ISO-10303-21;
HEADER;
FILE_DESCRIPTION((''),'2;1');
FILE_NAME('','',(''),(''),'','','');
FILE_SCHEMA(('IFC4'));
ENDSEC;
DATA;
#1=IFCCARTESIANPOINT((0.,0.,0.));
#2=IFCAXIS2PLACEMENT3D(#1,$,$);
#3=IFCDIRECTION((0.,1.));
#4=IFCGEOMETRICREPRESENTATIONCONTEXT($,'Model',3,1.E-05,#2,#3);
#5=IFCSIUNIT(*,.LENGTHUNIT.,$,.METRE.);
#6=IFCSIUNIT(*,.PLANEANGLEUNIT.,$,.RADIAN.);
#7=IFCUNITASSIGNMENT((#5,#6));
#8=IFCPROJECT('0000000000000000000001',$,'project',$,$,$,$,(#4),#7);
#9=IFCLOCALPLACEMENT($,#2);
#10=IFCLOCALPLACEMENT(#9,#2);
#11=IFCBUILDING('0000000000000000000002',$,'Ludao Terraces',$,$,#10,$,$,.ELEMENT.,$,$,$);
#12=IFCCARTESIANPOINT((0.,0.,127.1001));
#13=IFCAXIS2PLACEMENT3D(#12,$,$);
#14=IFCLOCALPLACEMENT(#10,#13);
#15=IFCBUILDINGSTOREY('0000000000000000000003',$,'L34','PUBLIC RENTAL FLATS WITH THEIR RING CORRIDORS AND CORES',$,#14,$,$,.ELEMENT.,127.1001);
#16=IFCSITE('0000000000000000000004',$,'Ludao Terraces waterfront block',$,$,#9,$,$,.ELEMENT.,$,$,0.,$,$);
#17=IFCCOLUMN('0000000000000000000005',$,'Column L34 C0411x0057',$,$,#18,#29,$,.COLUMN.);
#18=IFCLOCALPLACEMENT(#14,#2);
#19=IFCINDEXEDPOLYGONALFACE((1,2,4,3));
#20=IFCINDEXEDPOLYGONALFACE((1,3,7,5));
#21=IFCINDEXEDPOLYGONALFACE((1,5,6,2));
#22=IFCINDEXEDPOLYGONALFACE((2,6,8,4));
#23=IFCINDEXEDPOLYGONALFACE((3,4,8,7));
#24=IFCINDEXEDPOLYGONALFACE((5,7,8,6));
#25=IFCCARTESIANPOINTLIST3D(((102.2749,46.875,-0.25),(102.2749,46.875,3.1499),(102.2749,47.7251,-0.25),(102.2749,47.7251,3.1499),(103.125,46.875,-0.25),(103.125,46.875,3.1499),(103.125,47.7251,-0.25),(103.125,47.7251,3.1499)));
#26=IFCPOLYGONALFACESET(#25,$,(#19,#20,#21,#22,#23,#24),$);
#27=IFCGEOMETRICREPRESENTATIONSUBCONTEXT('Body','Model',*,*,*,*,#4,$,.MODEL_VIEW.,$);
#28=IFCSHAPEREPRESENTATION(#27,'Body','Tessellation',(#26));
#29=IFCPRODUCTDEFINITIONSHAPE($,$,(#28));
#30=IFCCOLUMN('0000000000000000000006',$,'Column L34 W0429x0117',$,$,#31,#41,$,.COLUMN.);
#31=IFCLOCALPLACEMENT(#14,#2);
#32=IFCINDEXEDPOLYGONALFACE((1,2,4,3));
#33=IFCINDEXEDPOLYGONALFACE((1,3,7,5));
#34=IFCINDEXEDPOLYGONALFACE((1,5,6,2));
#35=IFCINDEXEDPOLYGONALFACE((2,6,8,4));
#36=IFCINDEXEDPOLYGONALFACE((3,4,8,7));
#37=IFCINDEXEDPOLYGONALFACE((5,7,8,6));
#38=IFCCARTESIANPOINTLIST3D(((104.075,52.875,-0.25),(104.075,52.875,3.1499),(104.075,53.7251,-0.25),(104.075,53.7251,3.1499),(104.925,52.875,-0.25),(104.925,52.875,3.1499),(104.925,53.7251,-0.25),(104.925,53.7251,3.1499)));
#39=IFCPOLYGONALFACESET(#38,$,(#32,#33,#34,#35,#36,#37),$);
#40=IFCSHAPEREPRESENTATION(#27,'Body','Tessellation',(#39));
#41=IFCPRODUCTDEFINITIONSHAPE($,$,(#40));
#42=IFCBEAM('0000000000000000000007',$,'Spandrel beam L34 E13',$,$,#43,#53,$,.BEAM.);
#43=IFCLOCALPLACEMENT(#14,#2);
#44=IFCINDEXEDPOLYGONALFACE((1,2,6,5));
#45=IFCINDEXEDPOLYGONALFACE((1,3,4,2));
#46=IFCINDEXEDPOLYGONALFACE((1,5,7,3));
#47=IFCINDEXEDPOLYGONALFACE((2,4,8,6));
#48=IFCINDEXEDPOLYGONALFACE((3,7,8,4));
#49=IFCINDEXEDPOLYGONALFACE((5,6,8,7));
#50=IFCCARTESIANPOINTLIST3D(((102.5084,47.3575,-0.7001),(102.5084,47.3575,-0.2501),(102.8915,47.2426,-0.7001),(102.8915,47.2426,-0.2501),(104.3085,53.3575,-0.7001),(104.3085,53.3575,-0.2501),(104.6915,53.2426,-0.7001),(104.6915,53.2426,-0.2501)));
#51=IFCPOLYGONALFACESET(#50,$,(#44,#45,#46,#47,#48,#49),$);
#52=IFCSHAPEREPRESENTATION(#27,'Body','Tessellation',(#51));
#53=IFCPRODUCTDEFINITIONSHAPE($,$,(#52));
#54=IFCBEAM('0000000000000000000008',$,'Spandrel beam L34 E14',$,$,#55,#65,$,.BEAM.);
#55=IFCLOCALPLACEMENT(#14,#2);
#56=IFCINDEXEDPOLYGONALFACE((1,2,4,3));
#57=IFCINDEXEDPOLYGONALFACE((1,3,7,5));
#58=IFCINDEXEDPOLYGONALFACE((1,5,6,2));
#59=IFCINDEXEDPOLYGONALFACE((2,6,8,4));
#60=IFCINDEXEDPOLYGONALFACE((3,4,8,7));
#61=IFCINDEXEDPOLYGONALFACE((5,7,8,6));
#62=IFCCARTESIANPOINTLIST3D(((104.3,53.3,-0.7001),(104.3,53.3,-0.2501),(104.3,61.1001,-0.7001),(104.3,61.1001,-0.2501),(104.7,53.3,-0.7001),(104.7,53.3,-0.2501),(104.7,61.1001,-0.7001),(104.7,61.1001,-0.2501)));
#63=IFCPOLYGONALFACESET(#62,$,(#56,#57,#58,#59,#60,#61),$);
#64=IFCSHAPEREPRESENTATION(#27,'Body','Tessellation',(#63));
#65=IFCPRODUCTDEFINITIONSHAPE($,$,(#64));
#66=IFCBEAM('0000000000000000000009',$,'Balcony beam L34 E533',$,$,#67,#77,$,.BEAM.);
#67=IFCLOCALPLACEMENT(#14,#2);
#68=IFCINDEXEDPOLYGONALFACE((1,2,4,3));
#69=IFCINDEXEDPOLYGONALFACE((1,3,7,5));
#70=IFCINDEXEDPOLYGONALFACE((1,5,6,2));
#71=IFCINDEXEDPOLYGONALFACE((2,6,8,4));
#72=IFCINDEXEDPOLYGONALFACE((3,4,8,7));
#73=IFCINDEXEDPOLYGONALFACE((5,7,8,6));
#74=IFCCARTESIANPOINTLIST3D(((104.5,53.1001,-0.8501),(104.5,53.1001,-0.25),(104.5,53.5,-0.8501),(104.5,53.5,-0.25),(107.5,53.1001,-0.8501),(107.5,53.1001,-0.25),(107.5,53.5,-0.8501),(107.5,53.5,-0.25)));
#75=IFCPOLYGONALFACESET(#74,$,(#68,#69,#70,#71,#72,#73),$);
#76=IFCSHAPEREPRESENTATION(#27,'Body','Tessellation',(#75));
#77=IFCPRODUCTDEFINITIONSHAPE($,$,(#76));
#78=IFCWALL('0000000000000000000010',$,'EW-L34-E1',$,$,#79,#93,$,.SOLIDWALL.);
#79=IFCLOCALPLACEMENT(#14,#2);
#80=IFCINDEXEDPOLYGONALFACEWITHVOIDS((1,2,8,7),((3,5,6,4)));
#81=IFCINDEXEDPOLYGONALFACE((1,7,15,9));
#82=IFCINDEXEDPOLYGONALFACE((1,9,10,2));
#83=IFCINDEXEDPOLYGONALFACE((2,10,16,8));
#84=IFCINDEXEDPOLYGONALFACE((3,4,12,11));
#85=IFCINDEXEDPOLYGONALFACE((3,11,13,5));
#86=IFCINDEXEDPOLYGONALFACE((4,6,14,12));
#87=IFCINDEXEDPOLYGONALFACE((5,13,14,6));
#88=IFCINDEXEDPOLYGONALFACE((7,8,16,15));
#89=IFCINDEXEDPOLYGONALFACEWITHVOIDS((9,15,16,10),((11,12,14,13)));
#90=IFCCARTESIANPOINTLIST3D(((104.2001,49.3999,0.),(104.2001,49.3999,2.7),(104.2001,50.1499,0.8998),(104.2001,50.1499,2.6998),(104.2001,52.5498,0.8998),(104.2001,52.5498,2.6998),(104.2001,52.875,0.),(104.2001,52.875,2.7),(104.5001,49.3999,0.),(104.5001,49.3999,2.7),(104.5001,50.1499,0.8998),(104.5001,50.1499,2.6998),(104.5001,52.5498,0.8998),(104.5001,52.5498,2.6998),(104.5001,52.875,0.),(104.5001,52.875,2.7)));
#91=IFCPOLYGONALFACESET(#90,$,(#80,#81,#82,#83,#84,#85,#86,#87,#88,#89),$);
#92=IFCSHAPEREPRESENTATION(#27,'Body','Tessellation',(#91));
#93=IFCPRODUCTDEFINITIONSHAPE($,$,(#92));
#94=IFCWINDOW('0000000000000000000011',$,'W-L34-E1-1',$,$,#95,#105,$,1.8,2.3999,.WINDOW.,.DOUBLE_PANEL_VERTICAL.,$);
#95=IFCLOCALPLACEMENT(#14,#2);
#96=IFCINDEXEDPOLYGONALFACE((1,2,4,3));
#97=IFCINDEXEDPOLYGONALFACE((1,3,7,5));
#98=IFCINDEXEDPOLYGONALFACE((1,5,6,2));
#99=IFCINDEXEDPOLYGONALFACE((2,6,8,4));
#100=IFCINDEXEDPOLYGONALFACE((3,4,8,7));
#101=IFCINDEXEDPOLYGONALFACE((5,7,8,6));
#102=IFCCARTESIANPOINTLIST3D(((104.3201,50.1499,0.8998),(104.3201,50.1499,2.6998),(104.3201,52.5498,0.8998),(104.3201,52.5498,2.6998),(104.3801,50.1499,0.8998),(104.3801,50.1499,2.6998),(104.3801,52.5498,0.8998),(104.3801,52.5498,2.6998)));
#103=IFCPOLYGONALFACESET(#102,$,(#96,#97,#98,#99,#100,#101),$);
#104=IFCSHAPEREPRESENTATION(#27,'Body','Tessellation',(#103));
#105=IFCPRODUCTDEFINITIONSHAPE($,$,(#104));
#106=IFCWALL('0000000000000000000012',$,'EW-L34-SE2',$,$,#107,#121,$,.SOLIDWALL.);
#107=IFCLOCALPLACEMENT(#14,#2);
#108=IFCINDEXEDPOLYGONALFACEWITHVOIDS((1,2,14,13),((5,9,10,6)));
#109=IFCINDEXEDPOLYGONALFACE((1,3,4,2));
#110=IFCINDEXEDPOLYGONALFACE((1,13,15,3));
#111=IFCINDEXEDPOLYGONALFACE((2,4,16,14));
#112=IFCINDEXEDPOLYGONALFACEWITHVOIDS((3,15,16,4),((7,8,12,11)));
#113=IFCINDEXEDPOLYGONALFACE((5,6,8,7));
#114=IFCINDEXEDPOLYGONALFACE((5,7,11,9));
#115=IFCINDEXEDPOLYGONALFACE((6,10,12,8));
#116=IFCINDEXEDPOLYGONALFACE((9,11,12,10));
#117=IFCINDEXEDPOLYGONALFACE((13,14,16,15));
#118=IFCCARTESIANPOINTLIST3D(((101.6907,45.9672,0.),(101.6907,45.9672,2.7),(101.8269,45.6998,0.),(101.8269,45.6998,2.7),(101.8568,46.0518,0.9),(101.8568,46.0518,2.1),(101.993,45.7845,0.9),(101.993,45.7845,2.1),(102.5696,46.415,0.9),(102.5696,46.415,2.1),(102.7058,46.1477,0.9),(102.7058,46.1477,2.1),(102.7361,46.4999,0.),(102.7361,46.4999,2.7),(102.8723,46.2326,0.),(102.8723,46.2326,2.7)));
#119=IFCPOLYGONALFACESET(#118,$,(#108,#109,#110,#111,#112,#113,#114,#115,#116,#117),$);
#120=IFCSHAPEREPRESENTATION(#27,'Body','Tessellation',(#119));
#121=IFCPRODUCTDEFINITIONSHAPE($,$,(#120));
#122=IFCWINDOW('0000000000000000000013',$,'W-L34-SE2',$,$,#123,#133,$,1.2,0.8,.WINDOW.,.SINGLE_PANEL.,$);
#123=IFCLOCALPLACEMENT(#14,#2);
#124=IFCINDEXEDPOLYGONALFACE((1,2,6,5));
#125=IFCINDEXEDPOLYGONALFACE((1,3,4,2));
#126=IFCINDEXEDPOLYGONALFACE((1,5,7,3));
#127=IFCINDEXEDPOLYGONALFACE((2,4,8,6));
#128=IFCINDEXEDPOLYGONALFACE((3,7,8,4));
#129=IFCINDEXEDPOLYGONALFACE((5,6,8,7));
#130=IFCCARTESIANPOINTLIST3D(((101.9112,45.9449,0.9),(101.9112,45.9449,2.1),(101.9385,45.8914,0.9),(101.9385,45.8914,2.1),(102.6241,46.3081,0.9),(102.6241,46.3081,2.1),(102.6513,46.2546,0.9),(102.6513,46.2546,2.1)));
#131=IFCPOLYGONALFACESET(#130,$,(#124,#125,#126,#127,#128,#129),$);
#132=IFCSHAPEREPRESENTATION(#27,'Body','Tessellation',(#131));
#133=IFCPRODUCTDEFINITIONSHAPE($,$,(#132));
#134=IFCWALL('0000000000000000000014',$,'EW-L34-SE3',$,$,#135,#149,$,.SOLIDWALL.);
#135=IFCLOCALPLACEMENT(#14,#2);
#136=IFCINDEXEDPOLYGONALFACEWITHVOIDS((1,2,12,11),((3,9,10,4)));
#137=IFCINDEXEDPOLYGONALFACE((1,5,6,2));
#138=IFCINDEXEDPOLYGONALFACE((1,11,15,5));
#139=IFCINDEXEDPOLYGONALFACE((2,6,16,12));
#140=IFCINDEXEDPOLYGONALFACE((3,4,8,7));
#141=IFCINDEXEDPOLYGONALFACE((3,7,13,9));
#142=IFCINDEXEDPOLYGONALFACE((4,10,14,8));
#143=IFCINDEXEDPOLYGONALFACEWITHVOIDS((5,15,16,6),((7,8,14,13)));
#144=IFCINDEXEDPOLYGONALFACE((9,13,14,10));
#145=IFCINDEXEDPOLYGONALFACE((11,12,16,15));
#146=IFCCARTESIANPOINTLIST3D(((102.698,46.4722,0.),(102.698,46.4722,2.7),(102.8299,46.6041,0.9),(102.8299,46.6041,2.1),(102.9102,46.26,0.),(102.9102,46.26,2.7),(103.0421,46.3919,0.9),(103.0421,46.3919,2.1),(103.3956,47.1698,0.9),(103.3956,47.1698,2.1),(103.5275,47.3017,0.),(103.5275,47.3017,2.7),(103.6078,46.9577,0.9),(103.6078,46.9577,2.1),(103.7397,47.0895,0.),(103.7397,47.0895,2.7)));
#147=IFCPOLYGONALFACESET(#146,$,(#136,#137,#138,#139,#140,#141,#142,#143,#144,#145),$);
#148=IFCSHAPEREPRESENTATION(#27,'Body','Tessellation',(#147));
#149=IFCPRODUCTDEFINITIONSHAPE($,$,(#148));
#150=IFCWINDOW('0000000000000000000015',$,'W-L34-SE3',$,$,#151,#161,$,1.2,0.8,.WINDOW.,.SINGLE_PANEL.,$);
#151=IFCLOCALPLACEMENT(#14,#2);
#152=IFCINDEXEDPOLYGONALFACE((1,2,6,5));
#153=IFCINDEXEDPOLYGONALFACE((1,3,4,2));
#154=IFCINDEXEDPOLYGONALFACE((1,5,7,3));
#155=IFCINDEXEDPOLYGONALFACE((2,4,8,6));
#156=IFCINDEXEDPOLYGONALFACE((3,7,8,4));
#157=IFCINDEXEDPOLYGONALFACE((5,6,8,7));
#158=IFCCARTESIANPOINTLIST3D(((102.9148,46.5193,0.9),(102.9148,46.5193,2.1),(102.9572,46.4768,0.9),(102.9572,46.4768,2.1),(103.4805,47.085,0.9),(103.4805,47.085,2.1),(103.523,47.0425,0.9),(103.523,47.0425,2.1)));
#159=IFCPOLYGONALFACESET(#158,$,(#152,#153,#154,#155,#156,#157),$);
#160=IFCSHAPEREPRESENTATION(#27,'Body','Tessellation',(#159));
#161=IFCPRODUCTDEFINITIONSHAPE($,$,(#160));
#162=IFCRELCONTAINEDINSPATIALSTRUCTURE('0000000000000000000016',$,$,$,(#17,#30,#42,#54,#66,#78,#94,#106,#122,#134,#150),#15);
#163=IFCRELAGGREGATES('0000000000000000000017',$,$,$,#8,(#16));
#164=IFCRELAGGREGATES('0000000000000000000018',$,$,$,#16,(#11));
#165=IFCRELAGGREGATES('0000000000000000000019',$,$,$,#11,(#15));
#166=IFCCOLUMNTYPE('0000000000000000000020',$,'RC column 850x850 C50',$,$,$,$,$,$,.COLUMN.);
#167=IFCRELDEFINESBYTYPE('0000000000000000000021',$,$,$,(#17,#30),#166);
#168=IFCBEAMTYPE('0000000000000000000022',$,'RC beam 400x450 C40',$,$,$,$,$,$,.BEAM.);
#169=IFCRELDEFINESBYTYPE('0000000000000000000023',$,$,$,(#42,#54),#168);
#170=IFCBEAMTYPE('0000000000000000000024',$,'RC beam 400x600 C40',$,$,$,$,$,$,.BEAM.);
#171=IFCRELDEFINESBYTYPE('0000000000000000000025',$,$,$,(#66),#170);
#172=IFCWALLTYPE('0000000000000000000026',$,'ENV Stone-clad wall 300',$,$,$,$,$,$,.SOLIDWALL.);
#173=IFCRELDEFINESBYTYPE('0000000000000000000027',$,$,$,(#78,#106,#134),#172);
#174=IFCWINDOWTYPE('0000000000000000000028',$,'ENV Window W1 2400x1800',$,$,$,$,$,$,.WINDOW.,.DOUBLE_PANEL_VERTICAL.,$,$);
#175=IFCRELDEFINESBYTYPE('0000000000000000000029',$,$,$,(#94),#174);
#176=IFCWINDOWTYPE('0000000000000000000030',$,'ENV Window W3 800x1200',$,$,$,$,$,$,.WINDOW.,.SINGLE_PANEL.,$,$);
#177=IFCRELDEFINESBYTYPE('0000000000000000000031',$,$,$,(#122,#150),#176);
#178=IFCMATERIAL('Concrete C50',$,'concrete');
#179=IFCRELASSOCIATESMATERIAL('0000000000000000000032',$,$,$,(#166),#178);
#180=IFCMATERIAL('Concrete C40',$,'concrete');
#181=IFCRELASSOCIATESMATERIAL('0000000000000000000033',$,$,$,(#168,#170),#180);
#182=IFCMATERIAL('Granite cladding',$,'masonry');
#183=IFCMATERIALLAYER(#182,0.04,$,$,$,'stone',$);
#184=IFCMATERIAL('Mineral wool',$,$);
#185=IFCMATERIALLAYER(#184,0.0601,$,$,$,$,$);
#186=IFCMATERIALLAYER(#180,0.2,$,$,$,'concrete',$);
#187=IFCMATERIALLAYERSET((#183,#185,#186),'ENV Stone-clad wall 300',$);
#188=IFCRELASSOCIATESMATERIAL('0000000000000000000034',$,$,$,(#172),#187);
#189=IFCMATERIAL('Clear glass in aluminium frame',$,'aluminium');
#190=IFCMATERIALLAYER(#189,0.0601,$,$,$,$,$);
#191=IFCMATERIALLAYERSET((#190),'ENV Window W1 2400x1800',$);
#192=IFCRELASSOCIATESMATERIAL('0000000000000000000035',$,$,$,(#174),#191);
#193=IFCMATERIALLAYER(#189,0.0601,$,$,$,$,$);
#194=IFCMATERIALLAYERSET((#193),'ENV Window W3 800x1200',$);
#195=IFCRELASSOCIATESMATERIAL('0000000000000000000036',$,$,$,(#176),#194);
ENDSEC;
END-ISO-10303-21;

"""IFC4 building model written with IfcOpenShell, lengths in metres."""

from ifc_helpers import new_model, si_unit, direction, frame, frame_2d, origin, origin_2d, place, context, subcontext, project, spatial, rectangle, extrude, material, layer, layer_set, material_profile, profile_set, type_object, element, fill, save


model = new_model("IFC4")

# Units and contexts
model_context = context("Model", 3, precision=1e-05, world=origin(), true_north=direction((0.0, 1.0)))
body_context = subcontext(model_context, "Body", "Model", "MODEL_VIEW")
ifc_project = project(units=[si_unit("LENGTHUNIT", "METRE"), si_unit("PLANEANGLEUNIT", "RADIAN")], contexts=[model_context])

# Site, building, storey
site_placement = place(None, origin())
site = spatial("IfcSite", under=ifc_project, at=site_placement, Name="Ludao Terraces waterfront block", CompositionType="ELEMENT", RefElevation=0.0)
building_placement = place(site_placement, origin())
building = spatial("IfcBuilding", under=site, at=building_placement, Name="Ludao Terraces", CompositionType="ELEMENT")
storey_placement = place(building_placement, frame((0.0, 0.0, 127.1001)))
storey = spatial("IfcBuildingStorey", under=building, at=storey_placement, Name="L34", Description="PUBLIC RENTAL FLATS WITH THEIR RING CORRIDORS AND CORES", CompositionType="ELEMENT", Elevation=127.1001)

# Columns
ifc_material_1 = material(Name="Concrete C50", Category="concrete")
ifc_material_profile_1 = material_profile(ifc_material_1, rectangle(XDim=0.8501, YDim=0.8501, at=origin_2d()), Name="850 X 850")
ifc_profile_set_1 = profile_set([ifc_material_profile_1], Name="Concrete C50")
column_type = type_object("IfcColumnType", Name="RC column 850x850 C50", PredefinedType="COLUMN", material=ifc_profile_set_1)
for number, where, z_axis, x_axis, name in (
    (1, (102.7, 47.3, -0.25), (0.0, 0.0, 1.0), (1.0, 0.0, 0.0), "Column L34 C0411x0057"),
    (2, (104.5, 53.3, -0.25), (0.0, 0.0, 1.0), (1.0, 0.0, 0.0), "Column L34 W0429x0117"),
):
    element("IfcColumn", number, at=place(storey_placement, frame(where, z_axis=z_axis, x_axis=x_axis)), inside=storey, type_object=column_type, Name=name, PredefinedType="COLUMN", context=body_context, shape_type="SweptSolid", body=[
        extrude(rectangle(XDim=0.8501, YDim=0.8501, at=origin_2d()), origin(), (0.0, 0.0, 1.0), 3.3999),
    ])

# Beams
ifc_material_2 = material(Name="Concrete C40", Category="concrete")
ifc_material_profile_2 = material_profile(ifc_material_2, rectangle(XDim=0.3999, YDim=0.45, at=origin_2d()), Name="400 X 450")
ifc_profile_set_2 = profile_set([ifc_material_profile_2], Name="Concrete C40")
beam_type_1 = type_object("IfcBeamType", Name="RC beam 400x450 C40", PredefinedType="BEAM", material=ifc_profile_set_2)
beam_1_placement = place(storey_placement, frame((102.7, 47.3, -0.4751), z_axis=(0.287355, 0.957824, 0.0), x_axis=(-0.957824, 0.287355, 0.0)))
element("IfcBeam", 3, at=beam_1_placement, inside=storey, type_object=beam_type_1, Name="Spandrel beam L34 E13", PredefinedType="BEAM", context=body_context, shape_type="SweptSolid", body=[
    extrude(rectangle(XDim=0.3999, YDim=0.45, at=origin_2d()), origin(), (0.0, 0.0, 1.0), 6.2642),
])
beam_2_placement = place(storey_placement, frame((104.5, 53.3, -0.4751), z_axis=(0.0, 1.0, 0.0), x_axis=(-1.0, 0.0, 0.0)))
element("IfcBeam", 4, at=beam_2_placement, inside=storey, type_object=beam_type_1, Name="Spandrel beam L34 E14", PredefinedType="BEAM", context=body_context, shape_type="SweptSolid", body=[
    extrude(rectangle(XDim=0.3999, YDim=0.45, at=origin_2d()), origin(), (0.0, 0.0, 1.0), 7.8),
])
ifc_material_profile_3 = material_profile(ifc_material_2, rectangle(XDim=0.3999, YDim=0.6001, at=origin_2d()), Name="400 X 600")
ifc_profile_set_3 = profile_set([ifc_material_profile_3], Name="Concrete C40")
beam_type_2 = type_object("IfcBeamType", Name="RC beam 400x600 C40", PredefinedType="BEAM", material=ifc_profile_set_3)
beam_3_placement = place(storey_placement, frame((104.5, 53.3, -0.55), z_axis=(1.0, 0.0, 0.0), x_axis=(0.0, 1.0, 0.0)))
element("IfcBeam", 5, at=beam_3_placement, inside=storey, type_object=beam_type_2, Name="Balcony beam L34 E533", PredefinedType="BEAM", context=body_context, shape_type="SweptSolid", body=[
    extrude(rectangle(XDim=0.3999, YDim=0.6001, at=origin_2d()), origin(), (0.0, 0.0, 1.0), 3.0),
])

# Walls, openings, windows
ifc_material_3 = material(Name="Granite cladding", Category="masonry")
ifc_layer_1 = layer(ifc_material_3, 0.04, Category="stone")
ifc_material_4 = material(Name="Mineral wool")
ifc_layer_2 = layer(ifc_material_4, 0.0601)
ifc_layer_3 = layer(ifc_material_2, 0.2, Category="concrete")
ifc_layer_set_1 = layer_set([ifc_layer_1, ifc_layer_2, ifc_layer_3], Name="ENV Stone-clad wall 300")
wall_type = type_object("IfcWallType", Name="ENV Stone-clad wall 300", PredefinedType="SOLIDWALL", material=ifc_layer_set_1)
wall_1_placement = place(storey_placement, frame((104.3501, 49.3999, 0.0), z_axis=(0.0, 0.0, 1.0), x_axis=(0.0, 1.0, 0.0)))
wall_1 = element("IfcWall", 6, at=wall_1_placement, inside=storey, type_object=wall_type, Name="EW-L34-E1", PredefinedType="SOLIDWALL", context=body_context, shape_type="SweptSolid", body=[
    extrude(rectangle(XDim=3.4751, YDim=0.3, at=frame_2d((1.7375, 0.0))), origin(), (0.0, 0.0, 1.0), 2.7),
])
opening_1_placement = place(wall_1_placement, frame((0.75, 0.0, 0.8999)))
opening_1 = element("IfcOpeningElement", 7, at=opening_1_placement, cuts=wall_1, PredefinedType="OPENING", context=body_context, shape_type="SweptSolid", body=[
    extrude(rectangle(XDim=2.3999, YDim=1.8, at=frame_2d((1.2, 0.8999))), frame((0.0, 0.1602, 0.0), z_axis=(0.0, -1.0, 0.0), x_axis=(1.0, 0.0, 0.0)), (0.0, 0.0, 1.0), 0.3201),
])
ifc_material_5 = material(Name="Clear glass in aluminium frame", Category="aluminium")
ifc_layer_4 = layer(ifc_material_5, 0.0601)
ifc_layer_set_2 = layer_set([ifc_layer_4], Name="ENV Window W1 2400x1800")
window_type_1 = type_object("IfcWindowType", Name="ENV Window W1 2400x1800", PartitioningType="DOUBLE_PANEL_VERTICAL", PredefinedType="WINDOW", material=ifc_layer_set_2)
window_1_placement = place(opening_1_placement, origin())
window_1 = element("IfcWindow", 8, at=window_1_placement, inside=storey, type_object=window_type_1, Name="W-L34-E1-1", OverallHeight=1.8, OverallWidth=2.3999, PartitioningType="DOUBLE_PANEL_VERTICAL", PredefinedType="WINDOW", context=body_context, shape_type="SweptSolid", body=[
    extrude(rectangle(XDim=2.3999, YDim=1.8, at=frame_2d((1.2, 0.8999))), frame((0.0, 0.03, 0.0), z_axis=(0.0, -1.0, 0.0), x_axis=(1.0, 0.0, 0.0)), (0.0, 0.0, 1.0), 0.0601),
])
fill(opening_1, window_1)
wall_2_placement = place(storey_placement, frame((101.7588, 45.8335, 0.0), z_axis=(0.0, 0.0, 1.0), x_axis=(0.890989, 0.454026, 0.0)))
wall_2 = element("IfcWall", 9, at=wall_2_placement, inside=storey, type_object=wall_type, Name="EW-L34-SE2", PredefinedType="SOLIDWALL", context=body_context, shape_type="SweptSolid", body=[
    extrude(rectangle(XDim=1.1733, YDim=0.3, at=frame_2d((0.5867, 0.0))), origin(), (0.0, 0.0, 1.0), 2.7),
])
opening_2_placement = place(wall_2_placement, frame((0.1865, 0.0, 0.8999)))
opening_2 = element("IfcOpeningElement", 10, at=opening_2_placement, cuts=wall_2, PredefinedType="OPENING", context=body_context, shape_type="SweptSolid", body=[
    extrude(rectangle(XDim=0.8, YDim=1.2, at=frame_2d((0.3999, 0.6001))), frame((0.0, 0.1602, 0.0), z_axis=(0.0, -1.0, 0.0), x_axis=(1.0, 0.0, 0.0)), (0.0, 0.0, 1.0), 0.3201),
])
ifc_layer_5 = layer(ifc_material_5, 0.0601)
ifc_layer_set_3 = layer_set([ifc_layer_5], Name="ENV Window W3 800x1200")
window_type_2 = type_object("IfcWindowType", Name="ENV Window W3 800x1200", PartitioningType="SINGLE_PANEL", PredefinedType="WINDOW", material=ifc_layer_set_3)
window_2_placement = place(opening_2_placement, origin())
window_2 = element("IfcWindow", 11, at=window_2_placement, inside=storey, type_object=window_type_2, Name="W-L34-SE2", OverallHeight=1.2, OverallWidth=0.8, PartitioningType="SINGLE_PANEL", PredefinedType="WINDOW", context=body_context, shape_type="SweptSolid", body=[
    extrude(rectangle(XDim=0.8, YDim=1.2, at=frame_2d((0.3999, 0.6001))), frame((0.0, 0.03, 0.0), z_axis=(0.0, -1.0, 0.0), x_axis=(1.0, 0.0, 0.0)), (0.0, 0.0, 1.0), 0.0601),
])
fill(opening_2, window_2)
wall_3_placement = place(storey_placement, frame((102.8042, 46.3662, 0.0), z_axis=(0.0, 0.0, 1.0), x_axis=(0.707107, 0.707107, 0.0)))
wall_3 = element("IfcWall", 12, at=wall_3_placement, inside=storey, type_object=wall_type, Name="EW-L34-SE3", PredefinedType="SOLIDWALL", context=body_context, shape_type="SweptSolid", body=[
    extrude(rectangle(XDim=1.1731, YDim=0.3, at=frame_2d((0.5864, 0.0))), origin(), (0.0, 0.0, 1.0), 2.7),
])
opening_3_placement = place(wall_3_placement, frame((0.1865, 0.0, 0.8999)))
opening_3 = element("IfcOpeningElement", 13, at=opening_3_placement, cuts=wall_3, PredefinedType="OPENING", context=body_context, shape_type="SweptSolid", body=[
    extrude(rectangle(XDim=0.8, YDim=1.2, at=frame_2d((0.3999, 0.6001))), frame((0.0, 0.1602, 0.0), z_axis=(0.0, -1.0, 0.0), x_axis=(1.0, 0.0, 0.0)), (0.0, 0.0, 1.0), 0.3201),
])
window_3_placement = place(opening_3_placement, origin())
window_3 = element("IfcWindow", 14, at=window_3_placement, inside=storey, type_object=window_type_2, Name="W-L34-SE3", OverallHeight=1.2, OverallWidth=0.8, PartitioningType="SINGLE_PANEL", PredefinedType="WINDOW", context=body_context, shape_type="SweptSolid", body=[
    extrude(rectangle(XDim=0.8, YDim=1.2, at=frame_2d((0.3999, 0.6001))), frame((0.0, 0.03, 0.0), z_axis=(0.0, -1.0, 0.0), x_axis=(1.0, 0.0, 0.0)), (0.0, 0.0, 1.0), 0.0601),
])
fill(opening_3, window_3)

save(model, "model.ifc")
